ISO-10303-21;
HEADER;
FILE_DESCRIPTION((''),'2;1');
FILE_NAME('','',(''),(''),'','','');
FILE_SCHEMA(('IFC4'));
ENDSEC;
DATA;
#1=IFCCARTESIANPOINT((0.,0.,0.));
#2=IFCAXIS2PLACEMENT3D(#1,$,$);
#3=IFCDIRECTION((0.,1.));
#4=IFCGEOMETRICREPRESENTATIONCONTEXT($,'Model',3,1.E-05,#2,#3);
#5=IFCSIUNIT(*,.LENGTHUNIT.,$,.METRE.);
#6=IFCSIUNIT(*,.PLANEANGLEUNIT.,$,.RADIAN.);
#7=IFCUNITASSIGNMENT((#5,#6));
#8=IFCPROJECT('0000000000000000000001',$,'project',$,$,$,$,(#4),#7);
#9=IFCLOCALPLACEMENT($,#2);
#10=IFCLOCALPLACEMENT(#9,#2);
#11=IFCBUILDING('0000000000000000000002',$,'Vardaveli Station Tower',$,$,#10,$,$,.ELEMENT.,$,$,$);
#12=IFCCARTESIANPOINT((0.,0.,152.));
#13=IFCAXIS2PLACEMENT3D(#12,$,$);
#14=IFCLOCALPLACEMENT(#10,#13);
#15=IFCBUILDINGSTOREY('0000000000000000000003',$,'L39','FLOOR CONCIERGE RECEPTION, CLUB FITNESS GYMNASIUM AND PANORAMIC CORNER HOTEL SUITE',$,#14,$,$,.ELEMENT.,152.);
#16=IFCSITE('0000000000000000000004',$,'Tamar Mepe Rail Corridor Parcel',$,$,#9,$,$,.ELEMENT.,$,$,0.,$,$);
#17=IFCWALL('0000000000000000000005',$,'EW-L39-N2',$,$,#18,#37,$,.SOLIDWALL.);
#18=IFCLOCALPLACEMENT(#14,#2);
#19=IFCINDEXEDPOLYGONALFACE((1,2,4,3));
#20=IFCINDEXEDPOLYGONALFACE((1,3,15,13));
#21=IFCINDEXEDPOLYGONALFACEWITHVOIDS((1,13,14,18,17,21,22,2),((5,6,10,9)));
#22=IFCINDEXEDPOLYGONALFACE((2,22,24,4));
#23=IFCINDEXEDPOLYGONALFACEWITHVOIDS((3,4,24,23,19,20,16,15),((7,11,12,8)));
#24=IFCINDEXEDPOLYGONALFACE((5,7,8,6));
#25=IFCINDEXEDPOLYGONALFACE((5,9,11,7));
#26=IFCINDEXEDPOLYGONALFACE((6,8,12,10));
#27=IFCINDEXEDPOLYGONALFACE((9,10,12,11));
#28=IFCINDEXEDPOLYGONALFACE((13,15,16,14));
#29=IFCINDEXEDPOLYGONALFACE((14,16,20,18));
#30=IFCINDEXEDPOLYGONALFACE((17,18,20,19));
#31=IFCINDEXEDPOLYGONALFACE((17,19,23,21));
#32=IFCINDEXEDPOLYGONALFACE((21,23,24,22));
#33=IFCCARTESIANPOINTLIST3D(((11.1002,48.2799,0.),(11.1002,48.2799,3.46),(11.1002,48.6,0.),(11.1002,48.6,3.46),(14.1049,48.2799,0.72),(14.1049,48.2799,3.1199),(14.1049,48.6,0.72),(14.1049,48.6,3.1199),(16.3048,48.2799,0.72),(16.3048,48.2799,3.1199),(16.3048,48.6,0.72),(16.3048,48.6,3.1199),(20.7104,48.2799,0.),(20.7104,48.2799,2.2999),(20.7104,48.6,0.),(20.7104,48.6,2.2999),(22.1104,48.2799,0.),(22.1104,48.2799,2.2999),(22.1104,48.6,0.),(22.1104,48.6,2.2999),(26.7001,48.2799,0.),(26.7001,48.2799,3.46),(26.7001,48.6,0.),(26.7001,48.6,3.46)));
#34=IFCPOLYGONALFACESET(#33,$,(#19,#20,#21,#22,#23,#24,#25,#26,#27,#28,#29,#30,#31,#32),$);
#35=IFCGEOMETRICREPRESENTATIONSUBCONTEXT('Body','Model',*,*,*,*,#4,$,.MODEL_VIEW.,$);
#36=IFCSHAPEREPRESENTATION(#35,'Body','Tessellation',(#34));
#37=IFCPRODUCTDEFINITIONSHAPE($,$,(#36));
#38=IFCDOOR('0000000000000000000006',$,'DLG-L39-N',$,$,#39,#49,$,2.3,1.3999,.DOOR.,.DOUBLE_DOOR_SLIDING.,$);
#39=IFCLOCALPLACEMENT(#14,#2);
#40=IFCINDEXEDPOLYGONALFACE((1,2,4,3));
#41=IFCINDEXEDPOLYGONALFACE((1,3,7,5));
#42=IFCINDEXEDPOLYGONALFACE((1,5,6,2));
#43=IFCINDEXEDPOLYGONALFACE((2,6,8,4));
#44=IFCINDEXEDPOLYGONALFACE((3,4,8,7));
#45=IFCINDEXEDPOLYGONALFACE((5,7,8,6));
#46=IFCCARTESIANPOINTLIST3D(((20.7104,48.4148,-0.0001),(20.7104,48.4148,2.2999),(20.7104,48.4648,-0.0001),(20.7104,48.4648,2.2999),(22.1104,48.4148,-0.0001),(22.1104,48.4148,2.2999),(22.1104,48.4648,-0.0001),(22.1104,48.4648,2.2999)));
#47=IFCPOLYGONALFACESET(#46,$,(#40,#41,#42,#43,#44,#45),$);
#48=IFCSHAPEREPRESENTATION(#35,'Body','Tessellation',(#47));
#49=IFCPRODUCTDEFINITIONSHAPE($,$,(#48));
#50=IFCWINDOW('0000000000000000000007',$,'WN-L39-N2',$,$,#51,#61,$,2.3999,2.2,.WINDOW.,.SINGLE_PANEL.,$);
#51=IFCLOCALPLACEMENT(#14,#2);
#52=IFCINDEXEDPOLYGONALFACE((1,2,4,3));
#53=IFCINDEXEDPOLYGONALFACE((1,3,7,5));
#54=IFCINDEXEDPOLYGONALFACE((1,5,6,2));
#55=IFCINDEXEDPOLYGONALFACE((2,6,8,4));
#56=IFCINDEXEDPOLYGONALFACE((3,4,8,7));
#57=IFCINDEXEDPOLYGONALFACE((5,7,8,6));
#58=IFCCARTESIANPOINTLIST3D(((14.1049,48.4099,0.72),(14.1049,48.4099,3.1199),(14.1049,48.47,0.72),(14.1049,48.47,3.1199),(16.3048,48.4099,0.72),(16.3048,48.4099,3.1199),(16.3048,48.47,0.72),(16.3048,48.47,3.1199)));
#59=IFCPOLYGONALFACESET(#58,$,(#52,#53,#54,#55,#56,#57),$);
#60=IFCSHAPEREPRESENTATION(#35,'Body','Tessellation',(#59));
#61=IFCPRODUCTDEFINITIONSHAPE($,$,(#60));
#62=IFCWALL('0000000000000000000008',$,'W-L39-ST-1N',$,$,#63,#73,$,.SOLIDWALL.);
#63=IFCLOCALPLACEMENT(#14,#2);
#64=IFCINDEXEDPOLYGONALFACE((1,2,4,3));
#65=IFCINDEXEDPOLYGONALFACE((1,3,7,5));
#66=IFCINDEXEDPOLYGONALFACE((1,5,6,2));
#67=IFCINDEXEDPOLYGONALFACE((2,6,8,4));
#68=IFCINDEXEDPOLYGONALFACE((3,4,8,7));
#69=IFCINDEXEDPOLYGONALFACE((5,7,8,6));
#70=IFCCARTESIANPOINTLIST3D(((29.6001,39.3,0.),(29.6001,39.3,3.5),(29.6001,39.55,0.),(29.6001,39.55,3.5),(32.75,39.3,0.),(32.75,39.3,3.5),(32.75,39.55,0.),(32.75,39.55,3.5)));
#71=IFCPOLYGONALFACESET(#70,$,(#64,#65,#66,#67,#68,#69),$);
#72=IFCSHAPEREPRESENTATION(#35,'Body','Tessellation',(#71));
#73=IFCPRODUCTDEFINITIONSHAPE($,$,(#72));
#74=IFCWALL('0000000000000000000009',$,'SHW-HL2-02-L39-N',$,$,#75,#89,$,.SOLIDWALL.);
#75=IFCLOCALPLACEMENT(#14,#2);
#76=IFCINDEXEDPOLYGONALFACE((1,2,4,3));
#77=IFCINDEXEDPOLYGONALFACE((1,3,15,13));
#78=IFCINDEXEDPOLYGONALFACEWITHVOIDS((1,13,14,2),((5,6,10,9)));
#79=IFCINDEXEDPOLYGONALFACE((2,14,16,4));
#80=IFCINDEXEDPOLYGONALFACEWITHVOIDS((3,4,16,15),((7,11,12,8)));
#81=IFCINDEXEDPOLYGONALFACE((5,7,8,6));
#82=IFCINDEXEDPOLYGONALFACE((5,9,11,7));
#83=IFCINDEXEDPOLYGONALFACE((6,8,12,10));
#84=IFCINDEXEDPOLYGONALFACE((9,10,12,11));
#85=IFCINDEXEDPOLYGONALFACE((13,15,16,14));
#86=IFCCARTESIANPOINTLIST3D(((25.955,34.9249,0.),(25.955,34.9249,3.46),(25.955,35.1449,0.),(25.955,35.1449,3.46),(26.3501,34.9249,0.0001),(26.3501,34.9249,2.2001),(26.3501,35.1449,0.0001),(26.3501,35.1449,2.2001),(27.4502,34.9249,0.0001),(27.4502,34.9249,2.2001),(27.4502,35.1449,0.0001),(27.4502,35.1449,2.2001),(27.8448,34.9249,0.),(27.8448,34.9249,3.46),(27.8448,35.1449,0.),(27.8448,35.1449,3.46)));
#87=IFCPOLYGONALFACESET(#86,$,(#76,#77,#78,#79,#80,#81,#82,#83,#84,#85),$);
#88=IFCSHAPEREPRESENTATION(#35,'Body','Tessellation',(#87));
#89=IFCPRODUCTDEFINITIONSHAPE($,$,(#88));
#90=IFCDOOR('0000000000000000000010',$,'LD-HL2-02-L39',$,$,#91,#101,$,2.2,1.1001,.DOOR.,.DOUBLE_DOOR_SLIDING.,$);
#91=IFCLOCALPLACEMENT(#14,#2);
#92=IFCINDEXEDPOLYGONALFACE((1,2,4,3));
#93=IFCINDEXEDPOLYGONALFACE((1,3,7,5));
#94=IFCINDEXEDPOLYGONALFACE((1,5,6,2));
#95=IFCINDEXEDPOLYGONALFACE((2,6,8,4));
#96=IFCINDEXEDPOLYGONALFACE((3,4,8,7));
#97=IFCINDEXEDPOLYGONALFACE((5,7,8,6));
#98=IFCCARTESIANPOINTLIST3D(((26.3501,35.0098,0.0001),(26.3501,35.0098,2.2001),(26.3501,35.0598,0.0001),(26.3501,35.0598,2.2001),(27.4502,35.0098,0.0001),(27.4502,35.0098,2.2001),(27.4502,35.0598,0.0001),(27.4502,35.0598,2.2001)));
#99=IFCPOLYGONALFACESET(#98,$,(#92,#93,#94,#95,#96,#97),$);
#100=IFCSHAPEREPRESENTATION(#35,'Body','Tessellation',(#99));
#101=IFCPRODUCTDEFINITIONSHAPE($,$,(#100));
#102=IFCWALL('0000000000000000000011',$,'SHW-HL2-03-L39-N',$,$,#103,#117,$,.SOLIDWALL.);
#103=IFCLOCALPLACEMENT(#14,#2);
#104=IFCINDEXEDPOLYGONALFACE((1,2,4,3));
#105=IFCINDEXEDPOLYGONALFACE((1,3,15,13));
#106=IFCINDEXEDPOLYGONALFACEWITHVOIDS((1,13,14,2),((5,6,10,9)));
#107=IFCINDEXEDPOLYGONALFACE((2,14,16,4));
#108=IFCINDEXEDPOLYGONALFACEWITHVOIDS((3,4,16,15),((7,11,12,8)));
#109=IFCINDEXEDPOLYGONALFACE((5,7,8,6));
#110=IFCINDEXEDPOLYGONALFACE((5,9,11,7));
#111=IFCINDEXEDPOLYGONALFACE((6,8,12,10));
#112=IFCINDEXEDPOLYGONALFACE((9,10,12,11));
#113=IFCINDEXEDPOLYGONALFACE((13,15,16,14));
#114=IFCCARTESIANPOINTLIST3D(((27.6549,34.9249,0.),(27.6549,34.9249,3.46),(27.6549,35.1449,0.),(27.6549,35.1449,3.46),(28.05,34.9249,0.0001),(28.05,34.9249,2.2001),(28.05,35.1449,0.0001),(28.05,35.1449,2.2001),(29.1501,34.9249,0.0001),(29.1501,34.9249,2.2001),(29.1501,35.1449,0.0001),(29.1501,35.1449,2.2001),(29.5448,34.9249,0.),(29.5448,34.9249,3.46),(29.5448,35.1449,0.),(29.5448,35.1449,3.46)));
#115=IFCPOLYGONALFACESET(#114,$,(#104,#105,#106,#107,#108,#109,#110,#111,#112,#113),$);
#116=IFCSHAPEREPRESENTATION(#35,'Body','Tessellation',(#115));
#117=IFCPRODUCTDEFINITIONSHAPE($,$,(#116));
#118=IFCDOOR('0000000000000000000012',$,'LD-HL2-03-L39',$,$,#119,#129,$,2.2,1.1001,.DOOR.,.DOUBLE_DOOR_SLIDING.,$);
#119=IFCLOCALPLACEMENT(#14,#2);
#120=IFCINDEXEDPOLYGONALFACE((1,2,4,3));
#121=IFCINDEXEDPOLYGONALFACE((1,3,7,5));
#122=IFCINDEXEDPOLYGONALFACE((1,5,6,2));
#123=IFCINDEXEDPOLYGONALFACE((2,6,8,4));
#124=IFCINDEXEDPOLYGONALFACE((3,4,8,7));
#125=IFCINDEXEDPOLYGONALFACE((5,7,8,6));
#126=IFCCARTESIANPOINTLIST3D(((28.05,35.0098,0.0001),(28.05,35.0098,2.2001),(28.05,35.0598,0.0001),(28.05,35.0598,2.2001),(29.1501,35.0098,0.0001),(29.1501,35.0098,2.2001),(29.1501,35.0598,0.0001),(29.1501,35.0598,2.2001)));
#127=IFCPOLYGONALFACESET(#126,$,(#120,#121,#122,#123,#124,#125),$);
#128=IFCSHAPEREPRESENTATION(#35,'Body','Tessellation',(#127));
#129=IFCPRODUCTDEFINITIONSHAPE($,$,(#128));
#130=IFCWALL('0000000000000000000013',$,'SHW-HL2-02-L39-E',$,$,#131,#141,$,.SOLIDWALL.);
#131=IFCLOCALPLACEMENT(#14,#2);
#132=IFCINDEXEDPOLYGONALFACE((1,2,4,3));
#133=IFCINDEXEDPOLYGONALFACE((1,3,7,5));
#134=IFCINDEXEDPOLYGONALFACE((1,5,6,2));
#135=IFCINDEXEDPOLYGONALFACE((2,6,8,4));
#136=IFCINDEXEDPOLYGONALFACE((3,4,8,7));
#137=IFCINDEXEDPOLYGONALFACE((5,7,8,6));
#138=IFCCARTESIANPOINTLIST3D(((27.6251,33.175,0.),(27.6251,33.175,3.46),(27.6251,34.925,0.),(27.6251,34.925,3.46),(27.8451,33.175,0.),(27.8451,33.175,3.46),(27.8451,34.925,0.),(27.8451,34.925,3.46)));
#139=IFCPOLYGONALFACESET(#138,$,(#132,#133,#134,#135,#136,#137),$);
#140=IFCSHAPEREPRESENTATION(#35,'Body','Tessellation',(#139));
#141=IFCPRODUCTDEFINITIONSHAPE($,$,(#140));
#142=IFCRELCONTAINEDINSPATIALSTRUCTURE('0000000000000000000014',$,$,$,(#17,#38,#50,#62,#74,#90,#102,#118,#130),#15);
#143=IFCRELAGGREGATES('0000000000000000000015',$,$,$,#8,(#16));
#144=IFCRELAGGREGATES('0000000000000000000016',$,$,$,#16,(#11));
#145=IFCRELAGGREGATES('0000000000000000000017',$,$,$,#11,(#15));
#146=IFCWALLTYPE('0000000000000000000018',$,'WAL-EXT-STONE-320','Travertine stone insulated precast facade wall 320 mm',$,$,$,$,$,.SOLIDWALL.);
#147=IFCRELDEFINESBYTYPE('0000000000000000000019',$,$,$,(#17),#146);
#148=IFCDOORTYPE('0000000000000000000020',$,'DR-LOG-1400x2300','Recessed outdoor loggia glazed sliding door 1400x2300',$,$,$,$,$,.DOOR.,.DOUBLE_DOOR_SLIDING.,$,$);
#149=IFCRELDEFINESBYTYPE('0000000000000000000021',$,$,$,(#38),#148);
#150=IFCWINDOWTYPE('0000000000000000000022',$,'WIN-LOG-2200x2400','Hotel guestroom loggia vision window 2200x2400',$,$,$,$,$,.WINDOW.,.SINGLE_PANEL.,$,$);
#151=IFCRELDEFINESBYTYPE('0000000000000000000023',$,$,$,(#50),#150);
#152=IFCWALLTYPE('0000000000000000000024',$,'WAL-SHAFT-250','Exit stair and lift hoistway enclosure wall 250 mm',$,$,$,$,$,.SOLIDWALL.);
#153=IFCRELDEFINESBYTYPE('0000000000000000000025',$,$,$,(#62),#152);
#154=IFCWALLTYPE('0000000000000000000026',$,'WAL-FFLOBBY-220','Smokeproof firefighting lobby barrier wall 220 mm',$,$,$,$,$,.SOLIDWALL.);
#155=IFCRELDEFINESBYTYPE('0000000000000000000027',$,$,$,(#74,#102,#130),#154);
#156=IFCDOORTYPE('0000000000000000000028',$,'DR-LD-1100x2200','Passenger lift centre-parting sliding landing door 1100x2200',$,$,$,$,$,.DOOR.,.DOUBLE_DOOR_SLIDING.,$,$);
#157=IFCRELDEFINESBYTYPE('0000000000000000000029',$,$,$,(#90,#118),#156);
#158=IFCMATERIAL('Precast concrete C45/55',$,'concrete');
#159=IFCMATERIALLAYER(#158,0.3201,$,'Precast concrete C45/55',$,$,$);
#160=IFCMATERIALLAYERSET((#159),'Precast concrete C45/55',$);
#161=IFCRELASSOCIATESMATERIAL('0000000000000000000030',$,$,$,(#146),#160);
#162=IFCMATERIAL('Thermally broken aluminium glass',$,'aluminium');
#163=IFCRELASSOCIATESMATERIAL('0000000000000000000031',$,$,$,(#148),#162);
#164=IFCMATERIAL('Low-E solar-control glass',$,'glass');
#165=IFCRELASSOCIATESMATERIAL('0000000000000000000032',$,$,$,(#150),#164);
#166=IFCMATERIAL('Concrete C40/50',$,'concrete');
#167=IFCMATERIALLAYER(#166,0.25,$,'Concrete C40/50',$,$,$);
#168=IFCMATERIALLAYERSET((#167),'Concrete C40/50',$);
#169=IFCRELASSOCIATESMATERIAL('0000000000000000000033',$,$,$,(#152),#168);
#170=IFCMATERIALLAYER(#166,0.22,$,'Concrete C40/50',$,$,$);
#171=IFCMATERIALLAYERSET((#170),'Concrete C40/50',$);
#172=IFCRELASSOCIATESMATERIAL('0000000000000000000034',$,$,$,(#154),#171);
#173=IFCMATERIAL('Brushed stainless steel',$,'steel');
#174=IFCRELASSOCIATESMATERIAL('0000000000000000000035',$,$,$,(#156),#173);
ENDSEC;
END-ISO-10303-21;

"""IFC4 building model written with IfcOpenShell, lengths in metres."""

from ifc_helpers import new_model, si_unit, direction, frame, frame_2d, origin, place, context, subcontext, project, spatial, rectangle, extrude, source, transform, mapped, material, layer, layer_set, type_object, element, fill, save


model = new_model("IFC4")

# Units and contexts
model_context = context("Model", 3, precision=1e-05, world=origin(), true_north=direction((0.0, 1.0)))
body_context = subcontext(model_context, "Body", "Model", "MODEL_VIEW")
ifc_project = project(units=[si_unit("LENGTHUNIT", "METRE"), si_unit("PLANEANGLEUNIT", "RADIAN")], contexts=[model_context])

# Site, building, storey
site_placement = place(None, origin())
site = spatial("IfcSite", under=ifc_project, at=site_placement, Name="Tamar Mepe Rail Corridor Parcel", CompositionType="ELEMENT", RefElevation=0.0)
building_placement = place(site_placement, origin())
building = spatial("IfcBuilding", under=site, at=building_placement, Name="Vardaveli Station Tower", CompositionType="ELEMENT")
storey_placement = place(building_placement, frame((0.0, 0.0, 152.0)))
storey = spatial("IfcBuildingStorey", under=building, at=storey_placement, Name="L39", Description="FLOOR CONCIERGE RECEPTION, CLUB FITNESS GYMNASIUM AND PANORAMIC CORNER HOTEL SUITE", CompositionType="ELEMENT", Elevation=152.0)

# Shared definitions
ifc_material_1 = material(Name="Precast concrete C45/55", Category="concrete")

# Wall, openings, door, window
ifc_layer_1 = layer(ifc_material_1, 0.3201, Name="Precast concrete C45/55")
ifc_layer_set_1 = layer_set([ifc_layer_1], Name="Precast concrete C45/55")
wall_type_1 = type_object("IfcWallType", Name="WAL-EXT-STONE-320", Description="Travertine stone insulated precast facade wall 320 mm", PredefinedType="SOLIDWALL", material=ifc_layer_set_1)
shared_shape_1 = source(origin(), body_context, "Body", "SweptSolid", [
    extrude(rectangle(XDim=15.5999, YDim=0.3201, at=frame_2d((7.7998, 0.0))), origin(), (0.0, 0.0, 1.0), 3.46),
])
wall_1_placement = place(storey_placement, frame((26.7, 48.4399, 0.0), z_axis=(0.0, 0.0, 1.0), x_axis=(-1.0, 0.0, 0.0)))
wall_1 = element("IfcWall", 1, at=wall_1_placement, inside=storey, type_object=wall_type_1, Name="EW-L39-N2", PredefinedType="SOLIDWALL", context=body_context, shape_type="MappedRepresentation", body=[
    mapped(shared_shape_1, transform((0.0, 0.0, 0.0), scale=1.0)),
])
shared_shape_2 = source(origin(), body_context, "Body", "SweptSolid", [
    extrude(rectangle(XDim=1.3999, YDim=2.3, at=frame_2d((0.7, 1.1499))), frame((0.0, 0.1699, 0.0), z_axis=(0.0, -1.0, 0.0), x_axis=(1.0, 0.0, 0.0)), (0.0, 0.0, 1.0), 0.3401),
])
opening_1_placement = place(wall_1_placement, frame((4.5896, 0.0, 0.0)))
opening_1 = element("IfcOpeningElement", 2, at=opening_1_placement, cuts=wall_1, PredefinedType="OPENING", context=body_context, shape_type="MappedRepresentation", body=[
    mapped(shared_shape_2, transform((0.0, 0.0, 0.0), scale=1.0)),
])
shared_shape_3 = source(origin(), body_context, "Body", "SweptSolid", [
    extrude(rectangle(XDim=2.2, YDim=2.3999, at=frame_2d((1.1001, 1.2))), frame((0.0, 0.1699, 0.0), z_axis=(0.0, -1.0, 0.0), x_axis=(1.0, 0.0, 0.0)), (0.0, 0.0, 1.0), 0.3401),
])
opening_2_placement = place(wall_1_placement, frame((10.395, 0.0, 0.72)))
opening_2 = element("IfcOpeningElement", 3, at=opening_2_placement, cuts=wall_1, PredefinedType="OPENING", context=body_context, shape_type="MappedRepresentation", body=[
    mapped(shared_shape_3, transform((0.0, 0.0, 0.0), scale=1.0)),
])
ifc_material_2 = material(Name="Thermally broken aluminium glass", Category="aluminium")
door_type_1 = type_object("IfcDoorType", Name="DR-LOG-1400x2300", Description="Recessed outdoor loggia glazed sliding door 1400x2300", OperationType="DOUBLE_DOOR_SLIDING", PredefinedType="DOOR", material=ifc_material_2)
shared_shape_4 = source(origin(), body_context, "Body", "SweptSolid", [
    extrude(rectangle(XDim=1.3999, YDim=2.3, at=frame_2d((0.7, 1.1499))), frame((0.0, 0.0249, 0.0), z_axis=(0.0, -1.0, 0.0), x_axis=(1.0, 0.0, 0.0)), (0.0, 0.0, 1.0), 0.05),
])
door_1_placement = place(opening_1_placement, frame((1.3999, 0.0, 0.0), z_axis=(0.0, 0.0, 1.0), x_axis=(-1.0, 0.0, 0.0)))
door_1 = element("IfcDoor", 4, at=door_1_placement, inside=storey, type_object=door_type_1, Name="DLG-L39-N", OperationType="DOUBLE_DOOR_SLIDING", OverallHeight=2.3, OverallWidth=1.3999, PredefinedType="DOOR", context=body_context, shape_type="MappedRepresentation", body=[
    mapped(shared_shape_4, transform((0.0, 0.0, 0.0), scale=1.0)),
])
fill(opening_1, door_1)
ifc_material_3 = material(Name="Low-E solar-control glass", Category="glass")
window_type = type_object("IfcWindowType", Name="WIN-LOG-2200x2400", Description="Hotel guestroom loggia vision window 2200x2400", PartitioningType="SINGLE_PANEL", PredefinedType="WINDOW", material=ifc_material_3)
shared_shape_5 = source(origin(), body_context, "Body", "SweptSolid", [
    extrude(rectangle(XDim=2.2, YDim=2.3999, at=frame_2d((1.1001, 1.2))), frame((0.0, 0.03, 0.0), z_axis=(0.0, -1.0, 0.0), x_axis=(1.0, 0.0, 0.0)), (0.0, 0.0, 1.0), 0.0601),
])
window_placement = place(opening_2_placement, origin())
window = element("IfcWindow", 5, at=window_placement, inside=storey, type_object=window_type, Name="WN-L39-N2", OverallHeight=2.3999, OverallWidth=2.2, PartitioningType="SINGLE_PANEL", PredefinedType="WINDOW", context=body_context, shape_type="MappedRepresentation", body=[
    mapped(shared_shape_5, transform((0.0, 0.0, 0.0), scale=1.0)),
])
fill(opening_2, window)

# Wall
ifc_material_4 = material(Name="Concrete C40/50", Category="concrete")
ifc_layer_2 = layer(ifc_material_4, 0.25, Name="Concrete C40/50")
ifc_layer_set_2 = layer_set([ifc_layer_2], Name="Concrete C40/50")
wall_type_2 = type_object("IfcWallType", Name="WAL-SHAFT-250", Description="Exit stair and lift hoistway enclosure wall 250 mm", PredefinedType="SOLIDWALL", material=ifc_layer_set_2)
shared_shape_6 = source(origin(), body_context, "Body", "SweptSolid", [
    extrude(rectangle(XDim=3.1499, YDim=0.25, at=frame_2d((1.575, 0.0))), origin(), (0.0, 0.0, 1.0), 3.5),
])
wall_2_placement = place(storey_placement, frame((29.6001, 39.425, 0.0), z_axis=(0.0, 0.0, 1.0), x_axis=(1.0, 0.0, 0.0)))
element("IfcWall", 6, at=wall_2_placement, inside=storey, type_object=wall_type_2, Name="W-L39-ST-1N", PredefinedType="SOLIDWALL", context=body_context, shape_type="MappedRepresentation", body=[
    mapped(shared_shape_6, transform((0.0, 0.0, 0.0), scale=1.0)),
])

# Walls, openings, doors
ifc_layer_3 = layer(ifc_material_4, 0.22, Name="Concrete C40/50")
ifc_layer_set_3 = layer_set([ifc_layer_3], Name="Concrete C40/50")
wall_type_3 = type_object("IfcWallType", Name="WAL-FFLOBBY-220", Description="Smokeproof firefighting lobby barrier wall 220 mm", PredefinedType="SOLIDWALL", material=ifc_layer_set_3)
shared_shape_7 = source(origin(), body_context, "Body", "SweptSolid", [
    extrude(rectangle(XDim=1.8899, YDim=0.22, at=frame_2d((0.9448, 0.0))), origin(), (0.0, 0.0, 1.0), 3.46),
])
wall_3_placement = place(storey_placement, frame((25.9551, 35.0349, 0.0), z_axis=(0.0, 0.0, 1.0), x_axis=(1.0, 0.0, 0.0)))
wall_3 = element("IfcWall", 7, at=wall_3_placement, inside=storey, type_object=wall_type_3, Name="SHW-HL2-02-L39-N", PredefinedType="SOLIDWALL", context=body_context, shape_type="MappedRepresentation", body=[
    mapped(shared_shape_7, transform((0.0, 0.0, 0.0), scale=1.0)),
])
shared_shape_8 = source(origin(), body_context, "Body", "SweptSolid", [
    extrude(rectangle(XDim=1.1001, YDim=2.2, at=frame_2d((0.55, 1.1001))), frame((0.0, 0.1201, 0.0), z_axis=(0.0, -1.0, 0.0), x_axis=(1.0, 0.0, 0.0)), (0.0, 0.0, 1.0), 0.24),
])
opening_3_placement = place(wall_3_placement, frame((0.395, 0.0, 0.0)))
opening_3 = element("IfcOpeningElement", 8, at=opening_3_placement, cuts=wall_3, PredefinedType="OPENING", context=body_context, shape_type="MappedRepresentation", body=[
    mapped(shared_shape_8, transform((0.0, 0.0, 0.0), scale=1.0)),
])
ifc_material_5 = material(Name="Brushed stainless steel", Category="steel")
door_type_2 = type_object("IfcDoorType", Name="DR-LD-1100x2200", Description="Passenger lift centre-parting sliding landing door 1100x2200", OperationType="DOUBLE_DOOR_SLIDING", PredefinedType="DOOR", material=ifc_material_5)
shared_shape_9 = source(origin(), body_context, "Body", "SweptSolid", [
    extrude(rectangle(XDim=1.1001, YDim=2.2, at=frame_2d((0.55, 1.1001))), frame((0.0, 0.0249, 0.0), z_axis=(0.0, -1.0, 0.0), x_axis=(1.0, 0.0, 0.0)), (0.0, 0.0, 1.0), 0.05),
])
door_2_placement = place(opening_3_placement, origin())
door_2 = element("IfcDoor", 9, at=door_2_placement, inside=storey, type_object=door_type_2, Name="LD-HL2-02-L39", OperationType="DOUBLE_DOOR_SLIDING", OverallHeight=2.2, OverallWidth=1.1001, PredefinedType="DOOR", context=body_context, shape_type="MappedRepresentation", body=[
    mapped(shared_shape_9, transform((0.0, 0.0, 0.0), scale=1.0)),
])
fill(opening_3, door_2)
wall_4_placement = place(storey_placement, frame((27.655, 35.0349, 0.0), z_axis=(0.0, 0.0, 1.0), x_axis=(1.0, 0.0, 0.0)))
wall_4 = element("IfcWall", 10, at=wall_4_placement, inside=storey, type_object=wall_type_3, Name="SHW-HL2-03-L39-N", PredefinedType="SOLIDWALL", context=body_context, shape_type="MappedRepresentation", body=[
    mapped(shared_shape_7, transform((0.0, 0.0, 0.0), scale=1.0)),
])
opening_4_placement = place(wall_4_placement, frame((0.395, 0.0, 0.0)))
opening_4 = element("IfcOpeningElement", 11, at=opening_4_placement, cuts=wall_4, PredefinedType="OPENING", context=body_context, shape_type="MappedRepresentation", body=[
    mapped(shared_shape_8, transform((0.0, 0.0, 0.0), scale=1.0)),
])
door_3_placement = place(opening_4_placement, origin())
door_3 = element("IfcDoor", 12, at=door_3_placement, inside=storey, type_object=door_type_2, Name="LD-HL2-03-L39", OperationType="DOUBLE_DOOR_SLIDING", OverallHeight=2.2, OverallWidth=1.1001, PredefinedType="DOOR", context=body_context, shape_type="MappedRepresentation", body=[
    mapped(shared_shape_9, transform((0.0, 0.0, 0.0), scale=1.0)),
])
fill(opening_4, door_3)

# Wall
shared_shape_10 = source(origin(), body_context, "Body", "SweptSolid", [
    extrude(rectangle(XDim=1.75, YDim=0.22, at=frame_2d((0.875, 0.0))), origin(), (0.0, 0.0, 1.0), 3.46),
])
wall_5_placement = place(storey_placement, frame((27.7351, 33.175, 0.0), z_axis=(0.0, 0.0, 1.0), x_axis=(0.0, 1.0, 0.0)))
element("IfcWall", 13, at=wall_5_placement, inside=storey, type_object=wall_type_3, Name="SHW-HL2-02-L39-E", PredefinedType="SOLIDWALL", context=body_context, shape_type="MappedRepresentation", body=[
    mapped(shared_shape_10, transform((0.0, 0.0, 0.0), scale=1.0)),
])

save(model, "model.ifc")
